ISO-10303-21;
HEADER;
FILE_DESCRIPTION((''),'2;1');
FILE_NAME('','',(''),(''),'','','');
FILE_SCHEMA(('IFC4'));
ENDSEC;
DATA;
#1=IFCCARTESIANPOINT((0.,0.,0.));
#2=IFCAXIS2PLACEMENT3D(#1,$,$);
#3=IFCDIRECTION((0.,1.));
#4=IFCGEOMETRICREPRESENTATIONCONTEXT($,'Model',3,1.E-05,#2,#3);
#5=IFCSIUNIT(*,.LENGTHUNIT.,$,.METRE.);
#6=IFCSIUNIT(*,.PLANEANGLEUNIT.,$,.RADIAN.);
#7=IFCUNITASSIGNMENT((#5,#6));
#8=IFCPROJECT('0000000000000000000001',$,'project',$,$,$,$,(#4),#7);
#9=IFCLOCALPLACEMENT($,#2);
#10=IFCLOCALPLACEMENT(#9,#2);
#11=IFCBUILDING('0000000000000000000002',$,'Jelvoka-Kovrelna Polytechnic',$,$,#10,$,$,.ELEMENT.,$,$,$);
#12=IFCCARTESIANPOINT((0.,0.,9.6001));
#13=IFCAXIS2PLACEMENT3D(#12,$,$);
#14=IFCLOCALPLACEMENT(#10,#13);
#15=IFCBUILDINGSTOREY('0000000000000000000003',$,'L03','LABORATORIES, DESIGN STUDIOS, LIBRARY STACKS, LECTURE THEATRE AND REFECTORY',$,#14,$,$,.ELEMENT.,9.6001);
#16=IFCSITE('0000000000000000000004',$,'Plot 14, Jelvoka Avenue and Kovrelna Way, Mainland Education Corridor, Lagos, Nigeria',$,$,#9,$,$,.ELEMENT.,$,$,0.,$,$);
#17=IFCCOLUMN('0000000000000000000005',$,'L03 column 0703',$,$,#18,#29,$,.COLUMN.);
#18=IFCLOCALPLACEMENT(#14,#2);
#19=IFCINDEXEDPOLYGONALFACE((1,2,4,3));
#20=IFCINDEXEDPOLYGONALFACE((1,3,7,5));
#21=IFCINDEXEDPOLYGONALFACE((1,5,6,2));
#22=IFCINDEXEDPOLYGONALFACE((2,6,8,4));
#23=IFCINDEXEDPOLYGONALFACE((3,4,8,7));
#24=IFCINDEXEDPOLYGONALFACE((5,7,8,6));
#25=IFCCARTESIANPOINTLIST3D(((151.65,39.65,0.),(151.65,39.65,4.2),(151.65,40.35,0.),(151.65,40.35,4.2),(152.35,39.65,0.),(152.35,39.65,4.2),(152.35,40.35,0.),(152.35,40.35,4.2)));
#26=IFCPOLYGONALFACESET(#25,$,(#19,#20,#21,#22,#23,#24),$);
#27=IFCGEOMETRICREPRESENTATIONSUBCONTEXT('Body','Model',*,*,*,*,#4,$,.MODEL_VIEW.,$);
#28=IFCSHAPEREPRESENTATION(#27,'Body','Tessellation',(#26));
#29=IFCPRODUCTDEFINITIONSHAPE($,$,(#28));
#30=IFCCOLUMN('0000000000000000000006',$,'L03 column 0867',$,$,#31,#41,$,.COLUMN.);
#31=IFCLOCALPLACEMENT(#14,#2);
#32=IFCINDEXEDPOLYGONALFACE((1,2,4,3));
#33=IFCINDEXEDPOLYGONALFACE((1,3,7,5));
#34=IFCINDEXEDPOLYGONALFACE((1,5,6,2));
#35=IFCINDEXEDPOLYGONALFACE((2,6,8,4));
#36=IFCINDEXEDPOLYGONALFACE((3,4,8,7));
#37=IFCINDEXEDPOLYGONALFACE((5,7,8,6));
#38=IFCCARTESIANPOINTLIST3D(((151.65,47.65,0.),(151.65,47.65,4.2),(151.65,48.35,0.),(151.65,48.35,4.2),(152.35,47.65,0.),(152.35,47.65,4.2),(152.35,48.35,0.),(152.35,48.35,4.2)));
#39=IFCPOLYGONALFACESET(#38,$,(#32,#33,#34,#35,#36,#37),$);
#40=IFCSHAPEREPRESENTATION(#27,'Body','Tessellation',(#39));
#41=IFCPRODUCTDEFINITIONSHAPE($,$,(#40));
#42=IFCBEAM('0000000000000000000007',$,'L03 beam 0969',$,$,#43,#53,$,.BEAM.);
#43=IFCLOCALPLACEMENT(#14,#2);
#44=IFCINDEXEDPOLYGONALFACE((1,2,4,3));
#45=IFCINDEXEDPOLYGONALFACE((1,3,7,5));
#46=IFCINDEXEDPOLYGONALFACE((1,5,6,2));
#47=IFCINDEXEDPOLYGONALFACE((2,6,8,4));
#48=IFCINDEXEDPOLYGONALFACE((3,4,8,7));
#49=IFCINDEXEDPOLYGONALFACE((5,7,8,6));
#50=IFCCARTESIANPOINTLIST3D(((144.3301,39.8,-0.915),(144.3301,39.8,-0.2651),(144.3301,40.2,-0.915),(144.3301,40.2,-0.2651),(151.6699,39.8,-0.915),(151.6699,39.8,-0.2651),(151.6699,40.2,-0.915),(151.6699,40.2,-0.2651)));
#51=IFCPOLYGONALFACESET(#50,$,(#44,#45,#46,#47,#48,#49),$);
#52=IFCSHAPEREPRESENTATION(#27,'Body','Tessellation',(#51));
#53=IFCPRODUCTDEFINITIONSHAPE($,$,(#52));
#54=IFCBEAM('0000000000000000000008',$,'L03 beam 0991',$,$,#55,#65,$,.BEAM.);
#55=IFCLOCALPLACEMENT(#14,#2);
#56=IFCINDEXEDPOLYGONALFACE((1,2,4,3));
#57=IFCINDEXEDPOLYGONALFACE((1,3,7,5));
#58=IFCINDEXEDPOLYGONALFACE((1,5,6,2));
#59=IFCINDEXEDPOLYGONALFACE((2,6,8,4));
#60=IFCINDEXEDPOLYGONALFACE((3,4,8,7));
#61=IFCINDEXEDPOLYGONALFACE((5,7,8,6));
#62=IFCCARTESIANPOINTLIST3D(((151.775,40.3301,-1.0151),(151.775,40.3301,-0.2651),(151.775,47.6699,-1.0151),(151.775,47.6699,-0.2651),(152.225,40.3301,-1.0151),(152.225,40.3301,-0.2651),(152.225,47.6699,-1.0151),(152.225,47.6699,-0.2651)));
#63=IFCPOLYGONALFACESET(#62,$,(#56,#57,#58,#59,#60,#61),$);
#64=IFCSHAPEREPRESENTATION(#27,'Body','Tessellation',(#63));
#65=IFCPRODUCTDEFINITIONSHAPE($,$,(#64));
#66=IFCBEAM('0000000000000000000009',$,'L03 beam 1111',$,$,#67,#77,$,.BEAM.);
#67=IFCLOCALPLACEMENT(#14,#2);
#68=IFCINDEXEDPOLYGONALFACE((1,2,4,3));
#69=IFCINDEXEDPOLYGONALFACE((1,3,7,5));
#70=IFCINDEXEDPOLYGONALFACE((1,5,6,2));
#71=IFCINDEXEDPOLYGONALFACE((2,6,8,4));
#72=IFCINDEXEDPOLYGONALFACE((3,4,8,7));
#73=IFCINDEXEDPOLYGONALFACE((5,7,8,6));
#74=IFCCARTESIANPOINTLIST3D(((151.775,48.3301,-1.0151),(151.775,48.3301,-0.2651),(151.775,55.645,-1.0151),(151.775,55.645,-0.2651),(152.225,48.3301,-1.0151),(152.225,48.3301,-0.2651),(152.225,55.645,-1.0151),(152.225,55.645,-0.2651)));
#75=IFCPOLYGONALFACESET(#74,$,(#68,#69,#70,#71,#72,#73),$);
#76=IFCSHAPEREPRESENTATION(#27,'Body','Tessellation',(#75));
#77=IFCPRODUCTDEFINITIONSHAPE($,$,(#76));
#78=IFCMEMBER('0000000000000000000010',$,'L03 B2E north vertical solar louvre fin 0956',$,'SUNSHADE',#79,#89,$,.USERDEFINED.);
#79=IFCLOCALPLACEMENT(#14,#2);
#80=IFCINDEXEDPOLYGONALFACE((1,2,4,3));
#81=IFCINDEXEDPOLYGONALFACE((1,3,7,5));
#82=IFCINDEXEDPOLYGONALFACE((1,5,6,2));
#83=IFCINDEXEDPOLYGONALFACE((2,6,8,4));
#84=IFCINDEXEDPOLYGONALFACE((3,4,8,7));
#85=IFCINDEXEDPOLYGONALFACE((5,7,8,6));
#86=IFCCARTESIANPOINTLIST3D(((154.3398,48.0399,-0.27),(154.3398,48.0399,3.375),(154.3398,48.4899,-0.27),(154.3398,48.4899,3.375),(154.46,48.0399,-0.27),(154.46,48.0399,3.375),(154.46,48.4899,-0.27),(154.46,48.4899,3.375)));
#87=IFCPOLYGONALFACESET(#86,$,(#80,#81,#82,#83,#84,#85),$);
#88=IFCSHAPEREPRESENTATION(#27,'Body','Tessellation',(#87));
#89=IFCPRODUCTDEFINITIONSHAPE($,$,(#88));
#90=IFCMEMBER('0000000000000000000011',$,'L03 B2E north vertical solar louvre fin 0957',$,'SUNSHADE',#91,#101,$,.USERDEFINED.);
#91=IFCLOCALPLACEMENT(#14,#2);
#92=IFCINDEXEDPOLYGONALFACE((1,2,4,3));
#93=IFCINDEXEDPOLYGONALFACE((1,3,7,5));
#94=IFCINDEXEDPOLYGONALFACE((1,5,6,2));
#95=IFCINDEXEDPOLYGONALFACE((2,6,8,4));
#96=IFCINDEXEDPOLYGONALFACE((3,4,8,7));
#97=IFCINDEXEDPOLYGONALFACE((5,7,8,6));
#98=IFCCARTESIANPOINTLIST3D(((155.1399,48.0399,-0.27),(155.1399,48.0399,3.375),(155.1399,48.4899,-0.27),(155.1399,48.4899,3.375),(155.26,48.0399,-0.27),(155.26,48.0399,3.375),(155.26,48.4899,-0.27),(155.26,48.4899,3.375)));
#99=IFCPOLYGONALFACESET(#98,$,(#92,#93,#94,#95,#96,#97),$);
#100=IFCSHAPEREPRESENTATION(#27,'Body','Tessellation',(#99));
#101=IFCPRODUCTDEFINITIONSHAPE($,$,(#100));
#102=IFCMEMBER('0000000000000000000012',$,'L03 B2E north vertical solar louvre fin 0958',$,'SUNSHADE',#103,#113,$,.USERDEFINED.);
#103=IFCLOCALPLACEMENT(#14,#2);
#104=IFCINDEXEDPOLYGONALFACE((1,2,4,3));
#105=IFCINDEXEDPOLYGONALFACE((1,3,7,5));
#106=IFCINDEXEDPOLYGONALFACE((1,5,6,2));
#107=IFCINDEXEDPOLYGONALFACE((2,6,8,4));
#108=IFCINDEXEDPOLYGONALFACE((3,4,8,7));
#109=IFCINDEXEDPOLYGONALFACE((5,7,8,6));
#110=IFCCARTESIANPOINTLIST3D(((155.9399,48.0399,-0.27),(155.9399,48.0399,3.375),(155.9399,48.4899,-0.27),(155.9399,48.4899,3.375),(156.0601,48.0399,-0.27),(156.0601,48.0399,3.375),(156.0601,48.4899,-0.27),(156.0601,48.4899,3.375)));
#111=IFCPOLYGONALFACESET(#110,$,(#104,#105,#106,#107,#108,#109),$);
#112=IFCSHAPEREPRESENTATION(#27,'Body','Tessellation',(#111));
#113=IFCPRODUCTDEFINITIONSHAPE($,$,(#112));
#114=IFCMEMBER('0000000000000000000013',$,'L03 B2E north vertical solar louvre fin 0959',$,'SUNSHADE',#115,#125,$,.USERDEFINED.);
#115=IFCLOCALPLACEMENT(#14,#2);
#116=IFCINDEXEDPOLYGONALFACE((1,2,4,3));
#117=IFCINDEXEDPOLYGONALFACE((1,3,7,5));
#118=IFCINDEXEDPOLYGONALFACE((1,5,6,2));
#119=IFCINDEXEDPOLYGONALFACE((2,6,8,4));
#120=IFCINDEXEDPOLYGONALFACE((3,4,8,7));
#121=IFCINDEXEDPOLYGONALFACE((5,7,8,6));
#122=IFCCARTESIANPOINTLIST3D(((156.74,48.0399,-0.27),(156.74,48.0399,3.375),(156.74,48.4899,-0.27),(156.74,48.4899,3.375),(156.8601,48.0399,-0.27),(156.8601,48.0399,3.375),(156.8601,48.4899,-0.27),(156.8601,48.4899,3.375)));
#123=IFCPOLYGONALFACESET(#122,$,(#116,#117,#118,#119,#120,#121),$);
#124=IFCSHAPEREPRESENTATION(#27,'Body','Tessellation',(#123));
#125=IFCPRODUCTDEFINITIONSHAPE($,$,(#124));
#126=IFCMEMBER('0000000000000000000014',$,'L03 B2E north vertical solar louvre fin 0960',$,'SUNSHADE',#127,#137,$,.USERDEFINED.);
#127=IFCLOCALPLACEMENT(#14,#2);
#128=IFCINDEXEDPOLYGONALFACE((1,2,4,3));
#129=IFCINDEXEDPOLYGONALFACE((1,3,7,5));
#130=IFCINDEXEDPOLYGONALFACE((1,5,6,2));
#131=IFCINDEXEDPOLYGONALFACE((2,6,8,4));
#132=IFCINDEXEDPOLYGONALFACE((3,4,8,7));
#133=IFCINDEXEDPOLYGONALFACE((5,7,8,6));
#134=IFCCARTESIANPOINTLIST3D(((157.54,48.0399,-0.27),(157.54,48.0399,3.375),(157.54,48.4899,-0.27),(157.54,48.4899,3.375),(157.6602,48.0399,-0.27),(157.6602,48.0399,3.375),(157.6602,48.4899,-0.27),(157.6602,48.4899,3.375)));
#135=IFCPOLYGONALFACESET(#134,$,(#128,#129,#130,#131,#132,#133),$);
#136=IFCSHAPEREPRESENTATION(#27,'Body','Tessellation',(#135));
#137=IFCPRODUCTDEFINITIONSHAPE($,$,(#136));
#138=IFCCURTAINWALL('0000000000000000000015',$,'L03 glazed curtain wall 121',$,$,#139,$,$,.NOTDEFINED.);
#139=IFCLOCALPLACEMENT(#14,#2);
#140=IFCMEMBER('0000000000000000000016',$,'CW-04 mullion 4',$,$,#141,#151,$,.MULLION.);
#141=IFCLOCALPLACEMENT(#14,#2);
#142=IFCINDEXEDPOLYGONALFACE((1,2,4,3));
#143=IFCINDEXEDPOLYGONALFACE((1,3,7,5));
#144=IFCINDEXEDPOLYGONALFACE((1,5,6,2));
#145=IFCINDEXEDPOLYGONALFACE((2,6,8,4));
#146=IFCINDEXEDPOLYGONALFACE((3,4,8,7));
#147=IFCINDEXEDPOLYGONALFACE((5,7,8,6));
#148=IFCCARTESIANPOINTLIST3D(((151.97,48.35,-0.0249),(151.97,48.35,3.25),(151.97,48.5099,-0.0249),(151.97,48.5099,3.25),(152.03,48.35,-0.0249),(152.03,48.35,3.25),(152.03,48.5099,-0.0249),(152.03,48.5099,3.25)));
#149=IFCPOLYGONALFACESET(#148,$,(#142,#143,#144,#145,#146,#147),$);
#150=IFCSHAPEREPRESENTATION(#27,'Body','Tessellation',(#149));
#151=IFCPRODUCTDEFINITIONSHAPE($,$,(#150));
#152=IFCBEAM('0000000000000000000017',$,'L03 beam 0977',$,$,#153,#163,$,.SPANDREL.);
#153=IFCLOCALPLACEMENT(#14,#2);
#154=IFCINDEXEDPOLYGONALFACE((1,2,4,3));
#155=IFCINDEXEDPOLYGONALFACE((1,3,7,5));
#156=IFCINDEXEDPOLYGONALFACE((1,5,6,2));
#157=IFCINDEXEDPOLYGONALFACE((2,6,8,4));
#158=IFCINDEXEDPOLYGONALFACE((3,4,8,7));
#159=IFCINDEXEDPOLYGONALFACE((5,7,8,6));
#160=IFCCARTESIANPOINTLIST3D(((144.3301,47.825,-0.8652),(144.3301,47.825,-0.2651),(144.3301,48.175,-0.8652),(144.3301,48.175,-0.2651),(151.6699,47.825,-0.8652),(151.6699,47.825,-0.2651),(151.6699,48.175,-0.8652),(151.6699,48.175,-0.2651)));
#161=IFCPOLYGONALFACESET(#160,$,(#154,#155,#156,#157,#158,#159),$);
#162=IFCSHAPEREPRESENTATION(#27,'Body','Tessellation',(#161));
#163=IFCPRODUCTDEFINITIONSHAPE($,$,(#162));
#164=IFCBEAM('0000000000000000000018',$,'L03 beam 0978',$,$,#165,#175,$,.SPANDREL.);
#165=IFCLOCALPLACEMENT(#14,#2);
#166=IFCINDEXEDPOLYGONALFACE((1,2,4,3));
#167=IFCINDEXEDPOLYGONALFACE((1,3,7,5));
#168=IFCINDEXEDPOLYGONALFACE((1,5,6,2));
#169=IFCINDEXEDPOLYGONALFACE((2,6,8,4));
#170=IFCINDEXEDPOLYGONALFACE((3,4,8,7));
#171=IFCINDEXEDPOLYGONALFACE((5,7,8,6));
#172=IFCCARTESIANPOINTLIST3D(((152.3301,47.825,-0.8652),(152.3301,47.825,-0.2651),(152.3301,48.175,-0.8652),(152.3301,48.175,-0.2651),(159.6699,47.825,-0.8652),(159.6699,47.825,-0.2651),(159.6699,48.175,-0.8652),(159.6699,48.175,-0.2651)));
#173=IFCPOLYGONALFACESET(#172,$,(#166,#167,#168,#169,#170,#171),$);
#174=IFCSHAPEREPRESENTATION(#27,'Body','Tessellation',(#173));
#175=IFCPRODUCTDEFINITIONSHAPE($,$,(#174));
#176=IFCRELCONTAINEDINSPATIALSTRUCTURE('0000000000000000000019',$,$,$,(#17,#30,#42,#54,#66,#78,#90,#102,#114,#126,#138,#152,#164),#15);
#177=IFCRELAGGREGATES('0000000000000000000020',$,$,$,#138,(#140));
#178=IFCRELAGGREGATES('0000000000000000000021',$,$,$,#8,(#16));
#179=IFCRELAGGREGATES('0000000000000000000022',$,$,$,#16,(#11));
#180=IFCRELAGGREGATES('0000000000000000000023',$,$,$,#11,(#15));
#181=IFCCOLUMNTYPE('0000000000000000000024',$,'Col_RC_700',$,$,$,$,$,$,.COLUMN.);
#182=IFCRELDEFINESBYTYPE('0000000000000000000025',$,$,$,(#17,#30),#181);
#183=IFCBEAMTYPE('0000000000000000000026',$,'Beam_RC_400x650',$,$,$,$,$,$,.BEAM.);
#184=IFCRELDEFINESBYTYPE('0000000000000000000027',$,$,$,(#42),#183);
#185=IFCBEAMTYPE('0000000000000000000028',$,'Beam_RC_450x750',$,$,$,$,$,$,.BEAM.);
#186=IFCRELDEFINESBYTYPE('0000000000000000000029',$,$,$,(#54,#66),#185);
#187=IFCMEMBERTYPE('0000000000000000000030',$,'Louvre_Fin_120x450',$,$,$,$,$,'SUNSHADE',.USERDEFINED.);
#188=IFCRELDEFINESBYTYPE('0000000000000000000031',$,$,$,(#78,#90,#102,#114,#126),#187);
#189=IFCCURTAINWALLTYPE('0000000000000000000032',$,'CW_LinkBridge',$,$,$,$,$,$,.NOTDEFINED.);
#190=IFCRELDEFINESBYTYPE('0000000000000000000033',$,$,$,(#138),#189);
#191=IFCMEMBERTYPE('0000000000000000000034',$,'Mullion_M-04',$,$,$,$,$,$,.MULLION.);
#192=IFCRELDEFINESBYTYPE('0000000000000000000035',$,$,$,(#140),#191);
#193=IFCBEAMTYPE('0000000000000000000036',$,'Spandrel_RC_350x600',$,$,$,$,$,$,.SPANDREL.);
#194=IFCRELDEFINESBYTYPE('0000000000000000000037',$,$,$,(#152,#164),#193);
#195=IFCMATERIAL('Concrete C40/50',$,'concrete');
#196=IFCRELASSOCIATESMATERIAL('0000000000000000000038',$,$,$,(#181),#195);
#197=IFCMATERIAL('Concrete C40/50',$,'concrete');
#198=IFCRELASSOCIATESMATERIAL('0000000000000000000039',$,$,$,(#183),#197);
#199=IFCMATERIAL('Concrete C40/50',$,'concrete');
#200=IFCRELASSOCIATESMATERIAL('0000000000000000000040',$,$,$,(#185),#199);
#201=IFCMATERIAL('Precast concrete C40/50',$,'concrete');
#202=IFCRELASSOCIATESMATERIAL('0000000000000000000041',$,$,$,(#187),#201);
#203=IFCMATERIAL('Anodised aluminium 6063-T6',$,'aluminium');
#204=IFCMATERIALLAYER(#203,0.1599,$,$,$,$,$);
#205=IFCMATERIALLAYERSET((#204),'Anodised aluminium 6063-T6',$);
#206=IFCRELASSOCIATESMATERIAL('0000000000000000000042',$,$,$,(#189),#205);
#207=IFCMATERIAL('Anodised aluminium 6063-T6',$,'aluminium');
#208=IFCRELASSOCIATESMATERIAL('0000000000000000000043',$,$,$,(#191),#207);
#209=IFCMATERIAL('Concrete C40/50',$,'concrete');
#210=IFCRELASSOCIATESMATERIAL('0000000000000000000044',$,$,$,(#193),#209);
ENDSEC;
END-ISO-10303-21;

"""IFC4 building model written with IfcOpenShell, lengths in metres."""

from ifc_helpers import new_model, si_unit, direction, frame, origin, origin_2d, place, context, subcontext, project, spatial, rectangle, extrude, material, layer, layer_set, material_profile, profile_set, type_object, element, aggregate, save


model = new_model("IFC4")

# Units and contexts
model_context = context("Model", 3, precision=1e-05, world=origin(), true_north=direction((0.0, 1.0)))
body_context = subcontext(model_context, "Body", "Model", "MODEL_VIEW")
ifc_project = project(units=[si_unit("LENGTHUNIT", "METRE"), si_unit("PLANEANGLEUNIT", "RADIAN")], contexts=[model_context])

# Site, building, storey
site_placement = place(None, origin())
site = spatial("IfcSite", under=ifc_project, at=site_placement, Name="Plot 14, Jelvoka Avenue and Kovrelna Way, Mainland Education Corridor, Lagos, Nigeria", CompositionType="ELEMENT", RefElevation=0.0)
building_placement = place(site_placement, origin())
building = spatial("IfcBuilding", under=site, at=building_placement, Name="Jelvoka-Kovrelna Polytechnic", CompositionType="ELEMENT")
storey_placement = place(building_placement, frame((0.0, 0.0, 9.6001)))
storey = spatial("IfcBuildingStorey", under=building, at=storey_placement, Name="L03", Description="LABORATORIES, DESIGN STUDIOS, LIBRARY STACKS, LECTURE THEATRE AND REFECTORY", CompositionType="ELEMENT", Elevation=9.6001)

# Columns
ifc_material_1 = material(Name="Concrete C40/50", Category="concrete")
ifc_material_profile_1 = material_profile(ifc_material_1, rectangle(XDim=0.7, YDim=0.7, at=origin_2d()), Name="RC 700x700")
ifc_profile_set_1 = profile_set([ifc_material_profile_1], Name="Concrete C40/50")
column_type = type_object("IfcColumnType", Name="Col_RC_700", PredefinedType="COLUMN", material=ifc_profile_set_1)
for number, where, z_axis, x_axis, name in (
    (1, (152.0, 40.0, 0.0), (0.0, 0.0, 1.0), (1.0, 0.0, 0.0), "L03 column 0703"),
    (2, (152.0, 48.0, 0.0), (0.0, 0.0, 1.0), (1.0, 0.0, 0.0), "L03 column 0867"),
):
    element("IfcColumn", number, at=place(storey_placement, frame(where, z_axis=z_axis, x_axis=x_axis)), inside=storey, type_object=column_type, Name=name, PredefinedType="COLUMN", context=body_context, shape_type="SweptSolid", body=[
        extrude(rectangle(XDim=0.7, YDim=0.7, at=origin_2d()), origin(), (0.0, 0.0, 1.0), 4.2),
    ])

# Beams
ifc_material_2 = material(Name="Concrete C40/50", Category="concrete")
ifc_material_profile_2 = material_profile(ifc_material_2, rectangle(XDim=0.3999, YDim=0.6499, at=origin_2d()), Name="RC 400x650")
ifc_profile_set_2 = profile_set([ifc_material_profile_2], Name="Concrete C40/50")
beam_type_1 = type_object("IfcBeamType", Name="Beam_RC_400x650", PredefinedType="BEAM", material=ifc_profile_set_2)
beam_1_placement = place(storey_placement, frame((144.3301, 40.0, -0.5901), z_axis=(1.0, 0.0, 0.0), x_axis=(0.0, 1.0, 0.0)))
element("IfcBeam", 3, at=beam_1_placement, inside=storey, type_object=beam_type_1, Name="L03 beam 0969", PredefinedType="BEAM", context=body_context, shape_type="SweptSolid", body=[
    extrude(rectangle(XDim=0.3999, YDim=0.6499, at=origin_2d()), origin(), (0.0, 0.0, 1.0), 7.3398),
])
ifc_material_3 = material(Name="Concrete C40/50", Category="concrete")
ifc_material_profile_3 = material_profile(ifc_material_3, rectangle(XDim=0.45, YDim=0.75, at=origin_2d()), Name="RC 450x750")
ifc_profile_set_3 = profile_set([ifc_material_profile_3], Name="Concrete C40/50")
beam_type_2 = type_object("IfcBeamType", Name="Beam_RC_450x750", PredefinedType="BEAM", material=ifc_profile_set_3)
beam_2_placement = place(storey_placement, frame((152.0, 40.3301, -0.6401), z_axis=(0.0, 1.0, 0.0), x_axis=(-1.0, 0.0, 0.0)))
element("IfcBeam", 4, at=beam_2_placement, inside=storey, type_object=beam_type_2, Name="L03 beam 0991", PredefinedType="BEAM", context=body_context, shape_type="SweptSolid", body=[
    extrude(rectangle(XDim=0.45, YDim=0.75, at=origin_2d()), origin(), (0.0, 0.0, 1.0), 7.3398),
])
beam_3_placement = place(storey_placement, frame((152.0, 48.3301, -0.6401), z_axis=(0.0, 1.0, 0.0), x_axis=(-1.0, 0.0, 0.0)))
element("IfcBeam", 5, at=beam_3_placement, inside=storey, type_object=beam_type_2, Name="L03 beam 1111", PredefinedType="BEAM", context=body_context, shape_type="SweptSolid", body=[
    extrude(rectangle(XDim=0.45, YDim=0.75, at=origin_2d()), origin(), (0.0, 0.0, 1.0), 7.3149),
])

# Members
ifc_material_4 = material(Name="Precast concrete C40/50", Category="concrete")
ifc_material_profile_4 = material_profile(ifc_material_4, rectangle(XDim=0.1201, YDim=0.45, at=origin_2d()), Name="PC 120x450")
ifc_profile_set_4 = profile_set([ifc_material_profile_4], Name="Precast concrete C40/50")
member_type_1 = type_object("IfcMemberType", Name="Louvre_Fin_120x450", ElementType="SUNSHADE", PredefinedType="USERDEFINED", material=ifc_profile_set_4)
for number, where, z_axis, x_axis, name in (
    (6, (154.3999, 48.2649, -0.27), (0.0, 0.0, 1.0), (1.0, 0.0, 0.0), "L03 B2E north vertical solar louvre fin 0956"),
    (7, (155.2, 48.2649, -0.27), (0.0, 0.0, 1.0), (1.0, 0.0, 0.0), "L03 B2E north vertical solar louvre fin 0957"),
    (8, (156.0, 48.2649, -0.27), (0.0, 0.0, 1.0), (1.0, 0.0, 0.0), "L03 B2E north vertical solar louvre fin 0958"),
    (9, (156.8, 48.2649, -0.27), (0.0, 0.0, 1.0), (1.0, 0.0, 0.0), "L03 B2E north vertical solar louvre fin 0959"),
    (10, (157.6001, 48.2649, -0.27), (0.0, 0.0, 1.0), (1.0, 0.0, 0.0), "L03 B2E north vertical solar louvre fin 0960"),
):
    element("IfcMember", number, at=place(storey_placement, frame(where, z_axis=z_axis, x_axis=x_axis)), inside=storey, type_object=member_type_1, Name=name, ObjectType="SUNSHADE", PredefinedType="USERDEFINED", context=body_context, shape_type="SweptSolid", body=[
        extrude(rectangle(XDim=0.1201, YDim=0.45, at=origin_2d()), origin(), (0.0, 0.0, 1.0), 3.645),
    ])

# Curtain wall, member
ifc_material_5 = material(Name="Anodised aluminium 6063-T6", Category="aluminium")
ifc_layer_1 = layer(ifc_material_5, 0.1599)
ifc_layer_set_1 = layer_set([ifc_layer_1], Name="Anodised aluminium 6063-T6")
curtain_wall_type = type_object("IfcCurtainWallType", Name="CW_LinkBridge", PredefinedType="NOTDEFINED", material=ifc_layer_set_1)
curtain_wall_placement = place(storey_placement, origin())
curtain_wall = element("IfcCurtainWall", 11, at=curtain_wall_placement, inside=storey, type_object=curtain_wall_type, Name="L03 glazed curtain wall 121", PredefinedType="NOTDEFINED")
ifc_material_6 = material(Name="Anodised aluminium 6063-T6", Category="aluminium")
ifc_material_profile_5 = material_profile(ifc_material_6, rectangle(XDim=0.0601, YDim=0.1599, at=origin_2d()), Name="ALU 60x160")
ifc_profile_set_5 = profile_set([ifc_material_profile_5], Name="Anodised aluminium 6063-T6")
member_type_2 = type_object("IfcMemberType", Name="Mullion_M-04", PredefinedType="MULLION", material=ifc_profile_set_5)
member_placement = place(storey_placement, frame((152.0, 48.4299, -0.0249), z_axis=(0.0, 0.0, 1.0), x_axis=(1.0, 0.0, 0.0)))
member = element("IfcMember", 12, at=member_placement, type_object=member_type_2, Name="CW-04 mullion 4", PredefinedType="MULLION", context=body_context, shape_type="SweptSolid", body=[
    extrude(rectangle(XDim=0.0601, YDim=0.1599, at=origin_2d()), origin(), (0.0, 0.0, 1.0), 3.2749),
])
aggregate(curtain_wall, [member])

# Beams
ifc_material_7 = material(Name="Concrete C40/50", Category="concrete")
ifc_material_profile_6 = material_profile(ifc_material_7, rectangle(XDim=0.3501, YDim=0.6001, at=origin_2d()), Name="RC 350x600")
ifc_profile_set_6 = profile_set([ifc_material_profile_6], Name="Concrete C40/50")
beam_type_3 = type_object("IfcBeamType", Name="Spandrel_RC_350x600", PredefinedType="SPANDREL", material=ifc_profile_set_6)
for number, where, z_axis, x_axis, name in (
    (13, (144.3301, 48.0, -0.5652), (1.0, 0.0, 0.0), (0.0, 1.0, 0.0), "L03 beam 0977"),
    (14, (152.3301, 48.0, -0.5652), (1.0, 0.0, 0.0), (0.0, 1.0, 0.0), "L03 beam 0978"),
):
    element("IfcBeam", number, at=place(storey_placement, frame(where, z_axis=z_axis, x_axis=x_axis)), inside=storey, type_object=beam_type_3, Name=name, PredefinedType="SPANDREL", context=body_context, shape_type="SweptSolid", body=[
        extrude(rectangle(XDim=0.3501, YDim=0.6001, at=origin_2d()), origin(), (0.0, 0.0, 1.0), 7.3398),
    ])

save(model, "model.ifc")
